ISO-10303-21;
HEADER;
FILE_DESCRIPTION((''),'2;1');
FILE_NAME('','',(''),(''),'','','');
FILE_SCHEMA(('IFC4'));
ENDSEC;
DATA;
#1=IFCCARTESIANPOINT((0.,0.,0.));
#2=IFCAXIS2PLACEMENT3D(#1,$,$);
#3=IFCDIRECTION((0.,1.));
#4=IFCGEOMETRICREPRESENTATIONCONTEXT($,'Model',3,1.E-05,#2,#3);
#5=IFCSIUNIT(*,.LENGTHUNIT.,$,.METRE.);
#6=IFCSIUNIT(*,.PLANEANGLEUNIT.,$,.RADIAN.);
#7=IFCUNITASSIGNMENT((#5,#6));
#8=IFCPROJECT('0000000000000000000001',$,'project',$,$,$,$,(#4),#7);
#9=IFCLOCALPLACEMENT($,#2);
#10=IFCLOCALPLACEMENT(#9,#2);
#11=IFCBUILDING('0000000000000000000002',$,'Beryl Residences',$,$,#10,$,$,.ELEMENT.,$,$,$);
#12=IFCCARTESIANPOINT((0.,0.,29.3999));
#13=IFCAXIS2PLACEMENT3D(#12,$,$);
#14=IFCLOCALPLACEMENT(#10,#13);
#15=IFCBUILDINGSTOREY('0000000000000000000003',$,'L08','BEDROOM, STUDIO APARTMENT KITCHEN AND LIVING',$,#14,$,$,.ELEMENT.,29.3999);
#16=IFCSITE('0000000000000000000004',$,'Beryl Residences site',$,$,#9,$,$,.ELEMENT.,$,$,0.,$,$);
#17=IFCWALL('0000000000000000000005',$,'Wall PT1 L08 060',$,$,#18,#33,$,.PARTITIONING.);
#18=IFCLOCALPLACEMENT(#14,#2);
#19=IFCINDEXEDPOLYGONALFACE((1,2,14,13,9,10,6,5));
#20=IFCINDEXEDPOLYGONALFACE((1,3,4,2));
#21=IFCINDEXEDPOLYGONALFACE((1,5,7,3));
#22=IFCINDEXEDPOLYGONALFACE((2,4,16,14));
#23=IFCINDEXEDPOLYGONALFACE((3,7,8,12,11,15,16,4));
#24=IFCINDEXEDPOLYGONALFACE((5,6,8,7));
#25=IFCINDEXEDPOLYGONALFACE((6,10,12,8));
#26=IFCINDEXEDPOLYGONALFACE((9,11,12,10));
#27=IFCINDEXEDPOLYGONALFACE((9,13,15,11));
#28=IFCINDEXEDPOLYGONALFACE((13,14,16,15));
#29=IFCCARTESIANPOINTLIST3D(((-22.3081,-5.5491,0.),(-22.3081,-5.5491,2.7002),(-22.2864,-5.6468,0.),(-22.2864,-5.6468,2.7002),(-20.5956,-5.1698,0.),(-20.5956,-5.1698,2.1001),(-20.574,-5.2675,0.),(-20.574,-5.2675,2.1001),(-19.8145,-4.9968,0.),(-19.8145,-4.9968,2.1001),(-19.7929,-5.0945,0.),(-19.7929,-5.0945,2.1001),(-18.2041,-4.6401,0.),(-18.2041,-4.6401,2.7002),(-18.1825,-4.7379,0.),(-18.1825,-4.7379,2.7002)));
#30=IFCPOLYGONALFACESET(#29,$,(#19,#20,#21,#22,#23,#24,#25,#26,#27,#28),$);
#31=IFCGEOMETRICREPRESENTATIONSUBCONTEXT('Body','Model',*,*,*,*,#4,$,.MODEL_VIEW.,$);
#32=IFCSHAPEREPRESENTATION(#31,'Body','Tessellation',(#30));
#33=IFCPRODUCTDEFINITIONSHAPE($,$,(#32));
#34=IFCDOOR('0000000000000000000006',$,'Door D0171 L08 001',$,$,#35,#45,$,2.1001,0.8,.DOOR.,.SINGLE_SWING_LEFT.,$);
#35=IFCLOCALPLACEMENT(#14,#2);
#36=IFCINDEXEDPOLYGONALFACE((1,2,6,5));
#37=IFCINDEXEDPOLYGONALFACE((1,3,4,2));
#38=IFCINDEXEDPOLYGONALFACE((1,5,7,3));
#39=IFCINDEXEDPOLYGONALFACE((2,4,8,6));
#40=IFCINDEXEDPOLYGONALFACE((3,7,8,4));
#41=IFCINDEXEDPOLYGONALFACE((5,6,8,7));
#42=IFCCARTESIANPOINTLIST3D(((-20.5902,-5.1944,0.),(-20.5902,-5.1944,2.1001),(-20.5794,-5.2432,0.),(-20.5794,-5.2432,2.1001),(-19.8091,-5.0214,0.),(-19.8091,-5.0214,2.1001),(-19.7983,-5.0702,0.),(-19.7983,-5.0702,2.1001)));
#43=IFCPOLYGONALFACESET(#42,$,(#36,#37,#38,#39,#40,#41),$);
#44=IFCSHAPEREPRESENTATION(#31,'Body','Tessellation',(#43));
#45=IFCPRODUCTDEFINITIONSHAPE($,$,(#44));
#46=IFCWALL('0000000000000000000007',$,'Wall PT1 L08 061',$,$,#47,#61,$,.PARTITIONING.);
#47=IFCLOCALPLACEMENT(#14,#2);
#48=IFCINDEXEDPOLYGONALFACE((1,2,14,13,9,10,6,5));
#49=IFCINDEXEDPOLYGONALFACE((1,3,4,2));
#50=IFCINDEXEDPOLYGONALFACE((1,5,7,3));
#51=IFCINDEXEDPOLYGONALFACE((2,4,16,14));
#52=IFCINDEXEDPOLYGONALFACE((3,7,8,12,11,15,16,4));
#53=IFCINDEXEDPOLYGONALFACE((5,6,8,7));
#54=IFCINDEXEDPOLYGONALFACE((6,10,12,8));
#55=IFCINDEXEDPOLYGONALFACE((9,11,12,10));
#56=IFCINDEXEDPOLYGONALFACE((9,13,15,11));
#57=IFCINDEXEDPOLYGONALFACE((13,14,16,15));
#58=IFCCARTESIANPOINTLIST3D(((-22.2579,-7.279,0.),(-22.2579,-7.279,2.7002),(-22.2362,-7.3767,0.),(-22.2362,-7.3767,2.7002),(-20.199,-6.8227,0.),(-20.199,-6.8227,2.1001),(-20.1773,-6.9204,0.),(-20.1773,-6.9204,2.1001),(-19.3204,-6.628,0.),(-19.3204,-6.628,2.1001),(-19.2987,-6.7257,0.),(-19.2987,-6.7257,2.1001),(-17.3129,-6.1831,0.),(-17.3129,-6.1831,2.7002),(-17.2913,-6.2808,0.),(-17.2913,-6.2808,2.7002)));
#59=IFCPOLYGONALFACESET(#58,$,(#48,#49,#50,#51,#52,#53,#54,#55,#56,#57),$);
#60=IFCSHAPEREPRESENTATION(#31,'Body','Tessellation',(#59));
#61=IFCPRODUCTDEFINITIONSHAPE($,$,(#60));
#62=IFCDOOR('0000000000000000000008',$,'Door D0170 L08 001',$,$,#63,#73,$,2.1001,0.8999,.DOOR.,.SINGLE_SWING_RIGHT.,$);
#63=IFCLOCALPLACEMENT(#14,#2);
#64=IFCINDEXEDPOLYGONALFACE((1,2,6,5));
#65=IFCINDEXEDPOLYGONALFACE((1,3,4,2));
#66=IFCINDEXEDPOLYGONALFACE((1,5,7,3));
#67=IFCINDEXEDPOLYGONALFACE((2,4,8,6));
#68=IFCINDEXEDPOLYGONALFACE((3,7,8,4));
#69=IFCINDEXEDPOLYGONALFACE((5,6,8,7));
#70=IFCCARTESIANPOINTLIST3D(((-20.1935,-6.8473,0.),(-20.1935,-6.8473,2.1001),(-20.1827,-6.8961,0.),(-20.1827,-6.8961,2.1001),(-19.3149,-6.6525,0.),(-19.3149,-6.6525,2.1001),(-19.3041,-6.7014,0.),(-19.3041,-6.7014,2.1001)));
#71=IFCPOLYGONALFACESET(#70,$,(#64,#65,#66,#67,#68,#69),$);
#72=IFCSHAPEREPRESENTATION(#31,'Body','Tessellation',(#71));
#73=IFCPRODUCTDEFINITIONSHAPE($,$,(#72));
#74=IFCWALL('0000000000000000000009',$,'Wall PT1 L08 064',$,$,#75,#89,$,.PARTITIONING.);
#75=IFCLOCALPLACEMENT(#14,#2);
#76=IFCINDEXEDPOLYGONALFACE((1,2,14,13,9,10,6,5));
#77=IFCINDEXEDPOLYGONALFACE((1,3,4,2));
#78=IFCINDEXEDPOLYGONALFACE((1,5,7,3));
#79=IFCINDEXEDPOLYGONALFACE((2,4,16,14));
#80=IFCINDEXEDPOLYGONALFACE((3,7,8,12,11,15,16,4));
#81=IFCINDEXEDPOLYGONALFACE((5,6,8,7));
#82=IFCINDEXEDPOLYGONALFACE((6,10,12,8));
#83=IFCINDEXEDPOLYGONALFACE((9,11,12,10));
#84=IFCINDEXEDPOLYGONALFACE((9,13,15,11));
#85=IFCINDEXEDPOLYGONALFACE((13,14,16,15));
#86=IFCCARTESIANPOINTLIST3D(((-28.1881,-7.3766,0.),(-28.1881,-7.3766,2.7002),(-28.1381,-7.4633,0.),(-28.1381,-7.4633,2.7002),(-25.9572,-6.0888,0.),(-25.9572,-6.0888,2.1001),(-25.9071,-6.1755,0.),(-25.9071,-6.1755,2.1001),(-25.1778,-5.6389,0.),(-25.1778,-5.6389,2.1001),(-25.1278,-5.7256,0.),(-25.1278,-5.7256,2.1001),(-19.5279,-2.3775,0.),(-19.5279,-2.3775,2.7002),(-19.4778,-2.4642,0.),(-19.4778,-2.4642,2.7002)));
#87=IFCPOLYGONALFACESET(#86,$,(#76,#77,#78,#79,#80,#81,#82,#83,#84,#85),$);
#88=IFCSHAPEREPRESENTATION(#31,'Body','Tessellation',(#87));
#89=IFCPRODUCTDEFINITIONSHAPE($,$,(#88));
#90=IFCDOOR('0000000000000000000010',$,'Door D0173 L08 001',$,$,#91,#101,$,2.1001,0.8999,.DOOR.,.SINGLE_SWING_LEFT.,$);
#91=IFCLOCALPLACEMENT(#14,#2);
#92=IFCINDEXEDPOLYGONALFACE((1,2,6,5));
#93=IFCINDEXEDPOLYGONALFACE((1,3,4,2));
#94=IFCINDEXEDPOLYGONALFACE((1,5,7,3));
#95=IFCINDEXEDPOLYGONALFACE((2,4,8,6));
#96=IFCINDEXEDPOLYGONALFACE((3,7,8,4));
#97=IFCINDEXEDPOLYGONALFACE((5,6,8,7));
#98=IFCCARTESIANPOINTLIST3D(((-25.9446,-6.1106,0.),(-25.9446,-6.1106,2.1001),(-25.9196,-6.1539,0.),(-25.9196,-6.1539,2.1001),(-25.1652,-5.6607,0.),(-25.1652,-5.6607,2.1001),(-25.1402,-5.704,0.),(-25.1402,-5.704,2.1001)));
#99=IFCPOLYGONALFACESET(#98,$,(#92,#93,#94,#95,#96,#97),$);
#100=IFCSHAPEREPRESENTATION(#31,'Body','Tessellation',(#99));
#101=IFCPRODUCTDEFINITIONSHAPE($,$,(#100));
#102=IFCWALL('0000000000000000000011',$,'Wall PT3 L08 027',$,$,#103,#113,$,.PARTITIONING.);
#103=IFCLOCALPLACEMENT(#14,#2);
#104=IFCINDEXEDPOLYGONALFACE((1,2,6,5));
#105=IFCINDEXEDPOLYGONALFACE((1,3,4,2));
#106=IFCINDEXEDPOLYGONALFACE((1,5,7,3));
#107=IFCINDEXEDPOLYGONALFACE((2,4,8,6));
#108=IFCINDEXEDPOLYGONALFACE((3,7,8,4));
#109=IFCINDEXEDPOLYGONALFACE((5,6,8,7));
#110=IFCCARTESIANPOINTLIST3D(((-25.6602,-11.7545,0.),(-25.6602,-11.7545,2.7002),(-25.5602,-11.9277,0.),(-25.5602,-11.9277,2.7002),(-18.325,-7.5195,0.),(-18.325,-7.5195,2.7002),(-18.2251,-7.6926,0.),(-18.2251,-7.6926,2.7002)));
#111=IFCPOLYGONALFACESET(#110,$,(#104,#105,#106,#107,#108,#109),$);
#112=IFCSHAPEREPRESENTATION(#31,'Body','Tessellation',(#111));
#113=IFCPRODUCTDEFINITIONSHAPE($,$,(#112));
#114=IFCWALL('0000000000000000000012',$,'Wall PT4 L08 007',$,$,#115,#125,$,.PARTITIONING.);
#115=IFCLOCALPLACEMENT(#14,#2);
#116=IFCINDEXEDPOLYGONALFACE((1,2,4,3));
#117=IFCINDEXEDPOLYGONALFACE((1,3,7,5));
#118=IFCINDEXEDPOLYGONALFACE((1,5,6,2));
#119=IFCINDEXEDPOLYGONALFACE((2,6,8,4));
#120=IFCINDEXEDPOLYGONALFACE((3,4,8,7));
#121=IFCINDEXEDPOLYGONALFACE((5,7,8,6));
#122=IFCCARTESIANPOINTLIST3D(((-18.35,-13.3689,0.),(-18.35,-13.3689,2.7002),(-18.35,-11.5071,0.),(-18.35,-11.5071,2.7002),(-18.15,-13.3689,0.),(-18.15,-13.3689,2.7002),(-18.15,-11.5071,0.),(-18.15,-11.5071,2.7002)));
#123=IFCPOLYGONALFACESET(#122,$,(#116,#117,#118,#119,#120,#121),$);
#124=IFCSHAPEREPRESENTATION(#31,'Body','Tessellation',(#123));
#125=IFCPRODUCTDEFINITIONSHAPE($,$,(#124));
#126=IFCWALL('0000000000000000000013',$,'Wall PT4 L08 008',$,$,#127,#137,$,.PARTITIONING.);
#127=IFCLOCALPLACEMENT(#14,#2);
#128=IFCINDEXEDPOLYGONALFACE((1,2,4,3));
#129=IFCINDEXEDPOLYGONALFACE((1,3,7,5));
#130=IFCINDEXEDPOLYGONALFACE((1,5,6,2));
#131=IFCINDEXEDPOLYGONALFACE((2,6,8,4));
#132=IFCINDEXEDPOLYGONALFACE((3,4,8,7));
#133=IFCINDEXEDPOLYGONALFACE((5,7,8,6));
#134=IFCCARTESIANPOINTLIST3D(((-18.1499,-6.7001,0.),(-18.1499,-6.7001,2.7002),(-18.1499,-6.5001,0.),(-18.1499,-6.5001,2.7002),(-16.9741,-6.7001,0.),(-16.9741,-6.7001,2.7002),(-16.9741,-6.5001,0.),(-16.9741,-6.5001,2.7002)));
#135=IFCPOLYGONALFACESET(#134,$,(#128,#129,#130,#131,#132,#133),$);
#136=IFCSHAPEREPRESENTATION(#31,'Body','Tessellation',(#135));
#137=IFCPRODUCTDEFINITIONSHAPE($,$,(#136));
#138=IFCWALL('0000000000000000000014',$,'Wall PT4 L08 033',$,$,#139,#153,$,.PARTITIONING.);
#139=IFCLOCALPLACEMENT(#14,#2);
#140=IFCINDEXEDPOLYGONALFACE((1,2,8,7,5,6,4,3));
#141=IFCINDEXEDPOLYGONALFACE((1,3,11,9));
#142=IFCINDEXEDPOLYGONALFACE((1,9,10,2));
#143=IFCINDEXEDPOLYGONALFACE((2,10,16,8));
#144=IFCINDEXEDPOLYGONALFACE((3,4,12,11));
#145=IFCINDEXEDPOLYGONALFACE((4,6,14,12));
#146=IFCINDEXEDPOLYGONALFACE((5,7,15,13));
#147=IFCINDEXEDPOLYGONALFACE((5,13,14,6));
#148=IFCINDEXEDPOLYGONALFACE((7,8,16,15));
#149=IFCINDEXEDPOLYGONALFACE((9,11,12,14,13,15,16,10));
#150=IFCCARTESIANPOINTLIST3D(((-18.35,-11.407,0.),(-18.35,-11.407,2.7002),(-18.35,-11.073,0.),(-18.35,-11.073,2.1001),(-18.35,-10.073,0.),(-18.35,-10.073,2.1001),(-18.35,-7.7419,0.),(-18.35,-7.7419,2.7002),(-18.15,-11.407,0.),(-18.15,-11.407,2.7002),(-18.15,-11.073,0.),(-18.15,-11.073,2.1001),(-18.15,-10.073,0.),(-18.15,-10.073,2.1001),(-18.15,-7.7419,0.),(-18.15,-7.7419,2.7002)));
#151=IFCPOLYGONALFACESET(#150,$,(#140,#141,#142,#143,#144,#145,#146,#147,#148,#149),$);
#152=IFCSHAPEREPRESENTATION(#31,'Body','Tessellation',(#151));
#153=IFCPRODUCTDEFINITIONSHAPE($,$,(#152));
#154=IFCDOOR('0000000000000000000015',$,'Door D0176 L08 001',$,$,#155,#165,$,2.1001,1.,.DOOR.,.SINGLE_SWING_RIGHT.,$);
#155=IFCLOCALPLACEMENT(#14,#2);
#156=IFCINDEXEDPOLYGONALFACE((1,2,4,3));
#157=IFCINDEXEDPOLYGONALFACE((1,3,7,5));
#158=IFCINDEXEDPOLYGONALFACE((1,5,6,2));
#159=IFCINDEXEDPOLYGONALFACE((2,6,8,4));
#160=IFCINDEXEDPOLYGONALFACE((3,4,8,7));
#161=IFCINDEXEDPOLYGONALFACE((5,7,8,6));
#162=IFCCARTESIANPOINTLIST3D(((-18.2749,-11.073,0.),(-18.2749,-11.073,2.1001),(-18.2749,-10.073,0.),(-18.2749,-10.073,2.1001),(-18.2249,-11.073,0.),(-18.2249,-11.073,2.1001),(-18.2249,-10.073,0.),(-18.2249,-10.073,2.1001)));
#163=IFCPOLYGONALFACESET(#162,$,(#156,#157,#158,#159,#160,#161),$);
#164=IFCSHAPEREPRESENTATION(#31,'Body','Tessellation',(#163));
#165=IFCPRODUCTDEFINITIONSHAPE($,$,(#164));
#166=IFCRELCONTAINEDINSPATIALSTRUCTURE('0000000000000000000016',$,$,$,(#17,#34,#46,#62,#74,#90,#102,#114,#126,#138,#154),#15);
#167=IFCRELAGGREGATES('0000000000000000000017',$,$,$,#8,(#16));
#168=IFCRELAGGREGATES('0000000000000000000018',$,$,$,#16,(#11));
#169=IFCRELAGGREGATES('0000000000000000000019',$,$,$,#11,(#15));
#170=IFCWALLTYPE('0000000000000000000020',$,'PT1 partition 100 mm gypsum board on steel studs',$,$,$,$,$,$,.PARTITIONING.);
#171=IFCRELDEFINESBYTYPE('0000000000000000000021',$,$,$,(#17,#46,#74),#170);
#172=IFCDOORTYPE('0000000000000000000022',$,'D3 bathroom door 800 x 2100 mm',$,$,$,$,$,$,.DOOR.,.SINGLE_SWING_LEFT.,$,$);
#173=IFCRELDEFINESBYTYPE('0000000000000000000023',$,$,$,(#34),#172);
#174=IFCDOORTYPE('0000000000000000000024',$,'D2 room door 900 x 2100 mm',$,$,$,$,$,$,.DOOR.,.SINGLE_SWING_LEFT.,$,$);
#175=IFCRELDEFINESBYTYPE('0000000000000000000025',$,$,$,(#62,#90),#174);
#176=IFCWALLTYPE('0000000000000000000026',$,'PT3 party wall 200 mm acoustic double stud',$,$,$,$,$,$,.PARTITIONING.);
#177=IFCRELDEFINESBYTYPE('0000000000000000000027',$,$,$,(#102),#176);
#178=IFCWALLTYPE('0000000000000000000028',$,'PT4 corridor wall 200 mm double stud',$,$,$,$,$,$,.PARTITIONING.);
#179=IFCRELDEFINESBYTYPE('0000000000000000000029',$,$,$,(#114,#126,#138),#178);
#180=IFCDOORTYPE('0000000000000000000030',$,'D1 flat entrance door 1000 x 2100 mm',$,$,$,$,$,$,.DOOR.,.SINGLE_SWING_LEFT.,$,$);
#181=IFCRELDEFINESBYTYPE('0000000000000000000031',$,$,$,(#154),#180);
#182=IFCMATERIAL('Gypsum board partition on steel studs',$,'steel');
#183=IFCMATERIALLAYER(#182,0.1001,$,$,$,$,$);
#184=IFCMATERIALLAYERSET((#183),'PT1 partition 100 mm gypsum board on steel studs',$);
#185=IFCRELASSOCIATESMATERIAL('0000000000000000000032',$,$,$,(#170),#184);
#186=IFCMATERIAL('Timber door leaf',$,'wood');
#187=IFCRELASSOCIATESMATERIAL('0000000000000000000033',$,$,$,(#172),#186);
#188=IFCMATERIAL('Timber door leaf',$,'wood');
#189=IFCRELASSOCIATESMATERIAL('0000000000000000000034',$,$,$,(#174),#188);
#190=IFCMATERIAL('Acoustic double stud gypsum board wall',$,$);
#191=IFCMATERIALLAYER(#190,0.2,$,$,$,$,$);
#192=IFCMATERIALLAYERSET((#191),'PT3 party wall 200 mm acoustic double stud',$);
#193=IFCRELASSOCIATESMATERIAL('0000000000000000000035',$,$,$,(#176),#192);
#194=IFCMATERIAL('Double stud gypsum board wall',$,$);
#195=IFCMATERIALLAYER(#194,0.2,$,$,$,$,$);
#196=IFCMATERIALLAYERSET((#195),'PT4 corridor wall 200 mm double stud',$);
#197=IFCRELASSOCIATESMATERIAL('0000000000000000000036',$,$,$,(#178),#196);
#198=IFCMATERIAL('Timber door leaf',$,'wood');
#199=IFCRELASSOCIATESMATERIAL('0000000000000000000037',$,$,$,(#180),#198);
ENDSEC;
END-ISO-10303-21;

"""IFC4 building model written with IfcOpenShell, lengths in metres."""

from ifc_helpers import new_model, si_unit, direction, frame, frame_2d, origin, place, context, subcontext, project, spatial, rectangle, extrude, material, layer, layer_set, type_object, element, fill, save


model = new_model("IFC4")

# Units and contexts
model_context = context("Model", 3, precision=1e-05, world=origin(), true_north=direction((0.0, 1.0)))
body_context = subcontext(model_context, "Body", "Model", "MODEL_VIEW")
ifc_project = project(units=[si_unit("LENGTHUNIT", "METRE"), si_unit("PLANEANGLEUNIT", "RADIAN")], contexts=[model_context])

# Site, building, storey
site_placement = place(None, origin())
site = spatial("IfcSite", under=ifc_project, at=site_placement, Name="Beryl Residences site", CompositionType="ELEMENT", RefElevation=0.0)
building_placement = place(site_placement, origin())
building = spatial("IfcBuilding", under=site, at=building_placement, Name="Beryl Residences", CompositionType="ELEMENT")
storey_placement = place(building_placement, frame((0.0, 0.0, 29.3999)))
storey = spatial("IfcBuildingStorey", under=building, at=storey_placement, Name="L08", Description="BEDROOM, STUDIO APARTMENT KITCHEN AND LIVING", CompositionType="ELEMENT", Elevation=29.3999)

# Shared definitions
ifc_material_1 = material(Name="Gypsum board partition on steel studs", Category="steel")
ifc_layer_1 = layer(ifc_material_1, 0.1001)
ifc_layer_set_1 = layer_set([ifc_layer_1], Name="PT1 partition 100 mm gypsum board on steel studs")
wall_type_1 = type_object("IfcWallType", Name="PT1 partition 100 mm gypsum board on steel studs", PredefinedType="PARTITIONING", material=ifc_layer_set_1)

# Walls, openings, doors
ifc_material_2 = material(Name="Timber door leaf", Category="wood")
door_type_1 = type_object("IfcDoorType", Name="D3 bathroom door 800 x 2100 mm", OperationType="SINGLE_SWING_LEFT", PredefinedType="DOOR", material=ifc_material_2)
ifc_material_3 = material(Name="Timber door leaf", Category="wood")
door_type_2 = type_object("IfcDoorType", Name="D2 room door 900 x 2100 mm", OperationType="SINGLE_SWING_LEFT", PredefinedType="DOOR", material=ifc_material_3)
wall_1_placement = place(storey_placement, frame((-22.2971, -5.5979, 0.0), z_axis=(0.0, 0.0, 1.0), x_axis=(0.976341, 0.216235, 0.0)))
wall_1 = element("IfcWall", 1, at=wall_1_placement, inside=storey, type_object=wall_type_1, Name="Wall PT1 L08 060", PredefinedType="PARTITIONING", context=body_context, shape_type="SweptSolid", body=[
    extrude(rectangle(XDim=4.2034, YDim=0.1001, at=frame_2d((2.1016, 0.0))), origin(), (0.0, 0.0, 1.0), 2.7002),
])
opening_1_placement = place(wall_1_placement, frame((1.7539, 0.0, 0.0)))
opening_1 = element("IfcOpeningElement", 2, at=opening_1_placement, cuts=wall_1, PredefinedType="OPENING", context=body_context, shape_type="SweptSolid", body=[
    extrude(rectangle(XDim=0.8, YDim=2.1001, at=frame_2d((0.3999, 1.05))), frame((0.0, 0.0601, 0.0), z_axis=(0.0, -1.0, 0.0), x_axis=(1.0, 0.0, 0.0)), (0.0, 0.0, 1.0), 0.1201),
])
door_1_placement = place(opening_1_placement, origin())
door_1 = element("IfcDoor", 3, at=door_1_placement, inside=storey, type_object=door_type_1, Name="Door D0171 L08 001", OperationType="SINGLE_SWING_LEFT", OverallHeight=2.1001, OverallWidth=0.8, PredefinedType="DOOR", context=body_context, shape_type="SweptSolid", body=[
    extrude(rectangle(XDim=0.8, YDim=2.1001, at=frame_2d((0.3999, 1.05))), frame((0.0, 0.0249, 0.0), z_axis=(0.0, -1.0, 0.0), x_axis=(1.0, 0.0, 0.0)), (0.0, 0.0, 1.0), 0.05),
])
fill(opening_1, door_1)
wall_2_placement = place(storey_placement, frame((-22.2471, -7.3279, 0.0), z_axis=(0.0, 0.0, 1.0), x_axis=(0.976311, 0.216374, 0.0)))
wall_2 = element("IfcWall", 4, at=wall_2_placement, inside=storey, type_object=wall_type_1, Name="Wall PT1 L08 061", PredefinedType="PARTITIONING", context=body_context, shape_type="SweptSolid", body=[
    extrude(rectangle(XDim=5.0649, YDim=0.1001, at=frame_2d((2.5325, 0.0))), origin(), (0.0, 0.0, 1.0), 2.7002),
])
opening_2_placement = place(wall_2_placement, frame((2.1089, 0.0, 0.0)))
opening_2 = element("IfcOpeningElement", 5, at=opening_2_placement, cuts=wall_2, PredefinedType="OPENING", context=body_context, shape_type="SweptSolid", body=[
    extrude(rectangle(XDim=0.8999, YDim=2.1001, at=frame_2d((0.45, 1.05))), frame((0.0, 0.0601, 0.0), z_axis=(0.0, -1.0, 0.0), x_axis=(1.0, 0.0, 0.0)), (0.0, 0.0, 1.0), 0.1201),
])
door_2_placement = place(opening_2_placement, origin())
door_2 = element("IfcDoor", 6, at=door_2_placement, inside=storey, type_object=door_type_2, Name="Door D0170 L08 001", OperationType="SINGLE_SWING_RIGHT", OverallHeight=2.1001, OverallWidth=0.8999, PredefinedType="DOOR", context=body_context, shape_type="SweptSolid", body=[
    extrude(rectangle(XDim=0.8999, YDim=2.1001, at=frame_2d((0.45, 1.05))), frame((0.0, 0.0249, 0.0), z_axis=(0.0, -1.0, 0.0), x_axis=(1.0, 0.0, 0.0)), (0.0, 0.0, 1.0), 0.05),
])
fill(opening_2, door_2)
wall_3_placement = place(storey_placement, frame((-28.1631, -7.4199, 0.0), z_axis=(0.0, 0.0, 1.0), x_axis=(0.866065, 0.499931, 0.0)))
wall_3 = element("IfcWall", 7, at=wall_3_placement, inside=storey, type_object=wall_type_1, Name="Wall PT1 L08 064", PredefinedType="PARTITIONING", context=body_context, shape_type="SweptSolid", body=[
    extrude(rectangle(XDim=9.9995, YDim=0.1001, at=frame_2d((4.9998, 0.0))), origin(), (0.0, 0.0, 1.0), 2.7002),
])
opening_3_placement = place(wall_3_placement, frame((2.5759, 0.0, 0.0)))
opening_3 = element("IfcOpeningElement", 8, at=opening_3_placement, cuts=wall_3, PredefinedType="OPENING", context=body_context, shape_type="SweptSolid", body=[
    extrude(rectangle(XDim=0.8999, YDim=2.1001, at=frame_2d((0.45, 1.05))), frame((0.0, 0.0601, 0.0), z_axis=(0.0, -1.0, 0.0), x_axis=(1.0, 0.0, 0.0)), (0.0, 0.0, 1.0), 0.1201),
])
door_3_placement = place(opening_3_placement, origin())
door_3 = element("IfcDoor", 9, at=door_3_placement, inside=storey, type_object=door_type_2, Name="Door D0173 L08 001", OperationType="SINGLE_SWING_LEFT", OverallHeight=2.1001, OverallWidth=0.8999, PredefinedType="DOOR", context=body_context, shape_type="SweptSolid", body=[
    extrude(rectangle(XDim=0.8999, YDim=2.1001, at=frame_2d((0.45, 1.05))), frame((0.0, 0.0249, 0.0), z_axis=(0.0, -1.0, 0.0), x_axis=(1.0, 0.0, 0.0)), (0.0, 0.0, 1.0), 0.05),
])
fill(opening_3, door_3)

# Walls
ifc_material_4 = material(Name="Acoustic double stud gypsum board wall")
ifc_layer_2 = layer(ifc_material_4, 0.2)
ifc_layer_set_2 = layer_set([ifc_layer_2], Name="PT3 party wall 200 mm acoustic double stud")
wall_type_2 = type_object("IfcWallType", Name="PT3 party wall 200 mm acoustic double stud", PredefinedType="PARTITIONING", material=ifc_layer_set_2)
wall_4_placement = place(storey_placement, frame((-25.6101, -11.8411, 0.0), z_axis=(0.0, 0.0, 1.0), x_axis=(0.866019, 0.500011, 0.0)))
element("IfcWall", 10, at=wall_4_placement, inside=storey, type_object=wall_type_2, Name="Wall PT3 L08 027", PredefinedType="PARTITIONING", context=body_context, shape_type="SweptSolid", body=[
    extrude(rectangle(XDim=8.47, YDim=0.2, at=frame_2d((4.2349, 0.0))), origin(), (0.0, 0.0, 1.0), 2.7002),
])
ifc_material_5 = material(Name="Double stud gypsum board wall")
ifc_layer_3 = layer(ifc_material_5, 0.2)
ifc_layer_set_3 = layer_set([ifc_layer_3], Name="PT4 corridor wall 200 mm double stud")
wall_type_3 = type_object("IfcWallType", Name="PT4 corridor wall 200 mm double stud", PredefinedType="PARTITIONING", material=ifc_layer_set_3)
wall_5_placement = place(storey_placement, frame((-18.25, -11.5071, 0.0), z_axis=(0.0, 0.0, 1.0), x_axis=(0.0, -1.0, 0.0)))
element("IfcWall", 11, at=wall_5_placement, inside=storey, type_object=wall_type_3, Name="Wall PT4 L08 007", PredefinedType="PARTITIONING", context=body_context, shape_type="SweptSolid", body=[
    extrude(rectangle(XDim=1.8618, YDim=0.2, at=frame_2d((0.9309, 0.0))), origin(), (0.0, 0.0, 1.0), 2.7002),
])
wall_6_placement = place(storey_placement, frame((-18.1499, -6.6001, 0.0), z_axis=(0.0, 0.0, 1.0), x_axis=(1.0, 0.0, 0.0)))
element("IfcWall", 12, at=wall_6_placement, inside=storey, type_object=wall_type_3, Name="Wall PT4 L08 008", PredefinedType="PARTITIONING", context=body_context, shape_type="SweptSolid", body=[
    extrude(rectangle(XDim=1.1758, YDim=0.2, at=frame_2d((0.5879, 0.0))), origin(), (0.0, 0.0, 1.0), 2.7002),
])

# Wall, opening, door
wall_7_placement = place(storey_placement, frame((-18.25, -11.407, 0.0), z_axis=(0.0, 0.0, 1.0), x_axis=(0.0, 1.0, 0.0)))
wall_7 = element("IfcWall", 13, at=wall_7_placement, inside=storey, type_object=wall_type_3, Name="Wall PT4 L08 033", PredefinedType="PARTITIONING", context=body_context, shape_type="SweptSolid", body=[
    extrude(rectangle(XDim=3.665, YDim=0.2, at=frame_2d((1.8325, 0.0))), origin(), (0.0, 0.0, 1.0), 2.7002),
])
opening_4_placement = place(wall_7_placement, frame((0.334, 0.0, 0.0)))
opening_4 = element("IfcOpeningElement", 14, at=opening_4_placement, cuts=wall_7, PredefinedType="OPENING", context=body_context, shape_type="SweptSolid", body=[
    extrude(rectangle(XDim=1.0, YDim=2.1001, at=frame_2d((0.5, 1.05))), frame((0.0, 0.1099, 0.0), z_axis=(0.0, -1.0, 0.0), x_axis=(1.0, 0.0, 0.0)), (0.0, 0.0, 1.0), 0.22),
])
ifc_material_6 = material(Name="Timber door leaf", Category="wood")
door_type_3 = type_object("IfcDoorType", Name="D1 flat entrance door 1000 x 2100 mm", OperationType="SINGLE_SWING_LEFT", PredefinedType="DOOR", material=ifc_material_6)
door_4_placement = place(opening_4_placement, origin())
door_4 = element("IfcDoor", 15, at=door_4_placement, inside=storey, type_object=door_type_3, Name="Door D0176 L08 001", OperationType="SINGLE_SWING_RIGHT", OverallHeight=2.1001, OverallWidth=1.0, PredefinedType="DOOR", context=body_context, shape_type="SweptSolid", body=[
    extrude(rectangle(XDim=1.0, YDim=2.1001, at=frame_2d((0.5, 1.05))), frame((0.0, 0.0249, 0.0), z_axis=(0.0, -1.0, 0.0), x_axis=(1.0, 0.0, 0.0)), (0.0, 0.0, 1.0), 0.05),
])
fill(opening_4, door_4)

save(model, "model.ifc")
